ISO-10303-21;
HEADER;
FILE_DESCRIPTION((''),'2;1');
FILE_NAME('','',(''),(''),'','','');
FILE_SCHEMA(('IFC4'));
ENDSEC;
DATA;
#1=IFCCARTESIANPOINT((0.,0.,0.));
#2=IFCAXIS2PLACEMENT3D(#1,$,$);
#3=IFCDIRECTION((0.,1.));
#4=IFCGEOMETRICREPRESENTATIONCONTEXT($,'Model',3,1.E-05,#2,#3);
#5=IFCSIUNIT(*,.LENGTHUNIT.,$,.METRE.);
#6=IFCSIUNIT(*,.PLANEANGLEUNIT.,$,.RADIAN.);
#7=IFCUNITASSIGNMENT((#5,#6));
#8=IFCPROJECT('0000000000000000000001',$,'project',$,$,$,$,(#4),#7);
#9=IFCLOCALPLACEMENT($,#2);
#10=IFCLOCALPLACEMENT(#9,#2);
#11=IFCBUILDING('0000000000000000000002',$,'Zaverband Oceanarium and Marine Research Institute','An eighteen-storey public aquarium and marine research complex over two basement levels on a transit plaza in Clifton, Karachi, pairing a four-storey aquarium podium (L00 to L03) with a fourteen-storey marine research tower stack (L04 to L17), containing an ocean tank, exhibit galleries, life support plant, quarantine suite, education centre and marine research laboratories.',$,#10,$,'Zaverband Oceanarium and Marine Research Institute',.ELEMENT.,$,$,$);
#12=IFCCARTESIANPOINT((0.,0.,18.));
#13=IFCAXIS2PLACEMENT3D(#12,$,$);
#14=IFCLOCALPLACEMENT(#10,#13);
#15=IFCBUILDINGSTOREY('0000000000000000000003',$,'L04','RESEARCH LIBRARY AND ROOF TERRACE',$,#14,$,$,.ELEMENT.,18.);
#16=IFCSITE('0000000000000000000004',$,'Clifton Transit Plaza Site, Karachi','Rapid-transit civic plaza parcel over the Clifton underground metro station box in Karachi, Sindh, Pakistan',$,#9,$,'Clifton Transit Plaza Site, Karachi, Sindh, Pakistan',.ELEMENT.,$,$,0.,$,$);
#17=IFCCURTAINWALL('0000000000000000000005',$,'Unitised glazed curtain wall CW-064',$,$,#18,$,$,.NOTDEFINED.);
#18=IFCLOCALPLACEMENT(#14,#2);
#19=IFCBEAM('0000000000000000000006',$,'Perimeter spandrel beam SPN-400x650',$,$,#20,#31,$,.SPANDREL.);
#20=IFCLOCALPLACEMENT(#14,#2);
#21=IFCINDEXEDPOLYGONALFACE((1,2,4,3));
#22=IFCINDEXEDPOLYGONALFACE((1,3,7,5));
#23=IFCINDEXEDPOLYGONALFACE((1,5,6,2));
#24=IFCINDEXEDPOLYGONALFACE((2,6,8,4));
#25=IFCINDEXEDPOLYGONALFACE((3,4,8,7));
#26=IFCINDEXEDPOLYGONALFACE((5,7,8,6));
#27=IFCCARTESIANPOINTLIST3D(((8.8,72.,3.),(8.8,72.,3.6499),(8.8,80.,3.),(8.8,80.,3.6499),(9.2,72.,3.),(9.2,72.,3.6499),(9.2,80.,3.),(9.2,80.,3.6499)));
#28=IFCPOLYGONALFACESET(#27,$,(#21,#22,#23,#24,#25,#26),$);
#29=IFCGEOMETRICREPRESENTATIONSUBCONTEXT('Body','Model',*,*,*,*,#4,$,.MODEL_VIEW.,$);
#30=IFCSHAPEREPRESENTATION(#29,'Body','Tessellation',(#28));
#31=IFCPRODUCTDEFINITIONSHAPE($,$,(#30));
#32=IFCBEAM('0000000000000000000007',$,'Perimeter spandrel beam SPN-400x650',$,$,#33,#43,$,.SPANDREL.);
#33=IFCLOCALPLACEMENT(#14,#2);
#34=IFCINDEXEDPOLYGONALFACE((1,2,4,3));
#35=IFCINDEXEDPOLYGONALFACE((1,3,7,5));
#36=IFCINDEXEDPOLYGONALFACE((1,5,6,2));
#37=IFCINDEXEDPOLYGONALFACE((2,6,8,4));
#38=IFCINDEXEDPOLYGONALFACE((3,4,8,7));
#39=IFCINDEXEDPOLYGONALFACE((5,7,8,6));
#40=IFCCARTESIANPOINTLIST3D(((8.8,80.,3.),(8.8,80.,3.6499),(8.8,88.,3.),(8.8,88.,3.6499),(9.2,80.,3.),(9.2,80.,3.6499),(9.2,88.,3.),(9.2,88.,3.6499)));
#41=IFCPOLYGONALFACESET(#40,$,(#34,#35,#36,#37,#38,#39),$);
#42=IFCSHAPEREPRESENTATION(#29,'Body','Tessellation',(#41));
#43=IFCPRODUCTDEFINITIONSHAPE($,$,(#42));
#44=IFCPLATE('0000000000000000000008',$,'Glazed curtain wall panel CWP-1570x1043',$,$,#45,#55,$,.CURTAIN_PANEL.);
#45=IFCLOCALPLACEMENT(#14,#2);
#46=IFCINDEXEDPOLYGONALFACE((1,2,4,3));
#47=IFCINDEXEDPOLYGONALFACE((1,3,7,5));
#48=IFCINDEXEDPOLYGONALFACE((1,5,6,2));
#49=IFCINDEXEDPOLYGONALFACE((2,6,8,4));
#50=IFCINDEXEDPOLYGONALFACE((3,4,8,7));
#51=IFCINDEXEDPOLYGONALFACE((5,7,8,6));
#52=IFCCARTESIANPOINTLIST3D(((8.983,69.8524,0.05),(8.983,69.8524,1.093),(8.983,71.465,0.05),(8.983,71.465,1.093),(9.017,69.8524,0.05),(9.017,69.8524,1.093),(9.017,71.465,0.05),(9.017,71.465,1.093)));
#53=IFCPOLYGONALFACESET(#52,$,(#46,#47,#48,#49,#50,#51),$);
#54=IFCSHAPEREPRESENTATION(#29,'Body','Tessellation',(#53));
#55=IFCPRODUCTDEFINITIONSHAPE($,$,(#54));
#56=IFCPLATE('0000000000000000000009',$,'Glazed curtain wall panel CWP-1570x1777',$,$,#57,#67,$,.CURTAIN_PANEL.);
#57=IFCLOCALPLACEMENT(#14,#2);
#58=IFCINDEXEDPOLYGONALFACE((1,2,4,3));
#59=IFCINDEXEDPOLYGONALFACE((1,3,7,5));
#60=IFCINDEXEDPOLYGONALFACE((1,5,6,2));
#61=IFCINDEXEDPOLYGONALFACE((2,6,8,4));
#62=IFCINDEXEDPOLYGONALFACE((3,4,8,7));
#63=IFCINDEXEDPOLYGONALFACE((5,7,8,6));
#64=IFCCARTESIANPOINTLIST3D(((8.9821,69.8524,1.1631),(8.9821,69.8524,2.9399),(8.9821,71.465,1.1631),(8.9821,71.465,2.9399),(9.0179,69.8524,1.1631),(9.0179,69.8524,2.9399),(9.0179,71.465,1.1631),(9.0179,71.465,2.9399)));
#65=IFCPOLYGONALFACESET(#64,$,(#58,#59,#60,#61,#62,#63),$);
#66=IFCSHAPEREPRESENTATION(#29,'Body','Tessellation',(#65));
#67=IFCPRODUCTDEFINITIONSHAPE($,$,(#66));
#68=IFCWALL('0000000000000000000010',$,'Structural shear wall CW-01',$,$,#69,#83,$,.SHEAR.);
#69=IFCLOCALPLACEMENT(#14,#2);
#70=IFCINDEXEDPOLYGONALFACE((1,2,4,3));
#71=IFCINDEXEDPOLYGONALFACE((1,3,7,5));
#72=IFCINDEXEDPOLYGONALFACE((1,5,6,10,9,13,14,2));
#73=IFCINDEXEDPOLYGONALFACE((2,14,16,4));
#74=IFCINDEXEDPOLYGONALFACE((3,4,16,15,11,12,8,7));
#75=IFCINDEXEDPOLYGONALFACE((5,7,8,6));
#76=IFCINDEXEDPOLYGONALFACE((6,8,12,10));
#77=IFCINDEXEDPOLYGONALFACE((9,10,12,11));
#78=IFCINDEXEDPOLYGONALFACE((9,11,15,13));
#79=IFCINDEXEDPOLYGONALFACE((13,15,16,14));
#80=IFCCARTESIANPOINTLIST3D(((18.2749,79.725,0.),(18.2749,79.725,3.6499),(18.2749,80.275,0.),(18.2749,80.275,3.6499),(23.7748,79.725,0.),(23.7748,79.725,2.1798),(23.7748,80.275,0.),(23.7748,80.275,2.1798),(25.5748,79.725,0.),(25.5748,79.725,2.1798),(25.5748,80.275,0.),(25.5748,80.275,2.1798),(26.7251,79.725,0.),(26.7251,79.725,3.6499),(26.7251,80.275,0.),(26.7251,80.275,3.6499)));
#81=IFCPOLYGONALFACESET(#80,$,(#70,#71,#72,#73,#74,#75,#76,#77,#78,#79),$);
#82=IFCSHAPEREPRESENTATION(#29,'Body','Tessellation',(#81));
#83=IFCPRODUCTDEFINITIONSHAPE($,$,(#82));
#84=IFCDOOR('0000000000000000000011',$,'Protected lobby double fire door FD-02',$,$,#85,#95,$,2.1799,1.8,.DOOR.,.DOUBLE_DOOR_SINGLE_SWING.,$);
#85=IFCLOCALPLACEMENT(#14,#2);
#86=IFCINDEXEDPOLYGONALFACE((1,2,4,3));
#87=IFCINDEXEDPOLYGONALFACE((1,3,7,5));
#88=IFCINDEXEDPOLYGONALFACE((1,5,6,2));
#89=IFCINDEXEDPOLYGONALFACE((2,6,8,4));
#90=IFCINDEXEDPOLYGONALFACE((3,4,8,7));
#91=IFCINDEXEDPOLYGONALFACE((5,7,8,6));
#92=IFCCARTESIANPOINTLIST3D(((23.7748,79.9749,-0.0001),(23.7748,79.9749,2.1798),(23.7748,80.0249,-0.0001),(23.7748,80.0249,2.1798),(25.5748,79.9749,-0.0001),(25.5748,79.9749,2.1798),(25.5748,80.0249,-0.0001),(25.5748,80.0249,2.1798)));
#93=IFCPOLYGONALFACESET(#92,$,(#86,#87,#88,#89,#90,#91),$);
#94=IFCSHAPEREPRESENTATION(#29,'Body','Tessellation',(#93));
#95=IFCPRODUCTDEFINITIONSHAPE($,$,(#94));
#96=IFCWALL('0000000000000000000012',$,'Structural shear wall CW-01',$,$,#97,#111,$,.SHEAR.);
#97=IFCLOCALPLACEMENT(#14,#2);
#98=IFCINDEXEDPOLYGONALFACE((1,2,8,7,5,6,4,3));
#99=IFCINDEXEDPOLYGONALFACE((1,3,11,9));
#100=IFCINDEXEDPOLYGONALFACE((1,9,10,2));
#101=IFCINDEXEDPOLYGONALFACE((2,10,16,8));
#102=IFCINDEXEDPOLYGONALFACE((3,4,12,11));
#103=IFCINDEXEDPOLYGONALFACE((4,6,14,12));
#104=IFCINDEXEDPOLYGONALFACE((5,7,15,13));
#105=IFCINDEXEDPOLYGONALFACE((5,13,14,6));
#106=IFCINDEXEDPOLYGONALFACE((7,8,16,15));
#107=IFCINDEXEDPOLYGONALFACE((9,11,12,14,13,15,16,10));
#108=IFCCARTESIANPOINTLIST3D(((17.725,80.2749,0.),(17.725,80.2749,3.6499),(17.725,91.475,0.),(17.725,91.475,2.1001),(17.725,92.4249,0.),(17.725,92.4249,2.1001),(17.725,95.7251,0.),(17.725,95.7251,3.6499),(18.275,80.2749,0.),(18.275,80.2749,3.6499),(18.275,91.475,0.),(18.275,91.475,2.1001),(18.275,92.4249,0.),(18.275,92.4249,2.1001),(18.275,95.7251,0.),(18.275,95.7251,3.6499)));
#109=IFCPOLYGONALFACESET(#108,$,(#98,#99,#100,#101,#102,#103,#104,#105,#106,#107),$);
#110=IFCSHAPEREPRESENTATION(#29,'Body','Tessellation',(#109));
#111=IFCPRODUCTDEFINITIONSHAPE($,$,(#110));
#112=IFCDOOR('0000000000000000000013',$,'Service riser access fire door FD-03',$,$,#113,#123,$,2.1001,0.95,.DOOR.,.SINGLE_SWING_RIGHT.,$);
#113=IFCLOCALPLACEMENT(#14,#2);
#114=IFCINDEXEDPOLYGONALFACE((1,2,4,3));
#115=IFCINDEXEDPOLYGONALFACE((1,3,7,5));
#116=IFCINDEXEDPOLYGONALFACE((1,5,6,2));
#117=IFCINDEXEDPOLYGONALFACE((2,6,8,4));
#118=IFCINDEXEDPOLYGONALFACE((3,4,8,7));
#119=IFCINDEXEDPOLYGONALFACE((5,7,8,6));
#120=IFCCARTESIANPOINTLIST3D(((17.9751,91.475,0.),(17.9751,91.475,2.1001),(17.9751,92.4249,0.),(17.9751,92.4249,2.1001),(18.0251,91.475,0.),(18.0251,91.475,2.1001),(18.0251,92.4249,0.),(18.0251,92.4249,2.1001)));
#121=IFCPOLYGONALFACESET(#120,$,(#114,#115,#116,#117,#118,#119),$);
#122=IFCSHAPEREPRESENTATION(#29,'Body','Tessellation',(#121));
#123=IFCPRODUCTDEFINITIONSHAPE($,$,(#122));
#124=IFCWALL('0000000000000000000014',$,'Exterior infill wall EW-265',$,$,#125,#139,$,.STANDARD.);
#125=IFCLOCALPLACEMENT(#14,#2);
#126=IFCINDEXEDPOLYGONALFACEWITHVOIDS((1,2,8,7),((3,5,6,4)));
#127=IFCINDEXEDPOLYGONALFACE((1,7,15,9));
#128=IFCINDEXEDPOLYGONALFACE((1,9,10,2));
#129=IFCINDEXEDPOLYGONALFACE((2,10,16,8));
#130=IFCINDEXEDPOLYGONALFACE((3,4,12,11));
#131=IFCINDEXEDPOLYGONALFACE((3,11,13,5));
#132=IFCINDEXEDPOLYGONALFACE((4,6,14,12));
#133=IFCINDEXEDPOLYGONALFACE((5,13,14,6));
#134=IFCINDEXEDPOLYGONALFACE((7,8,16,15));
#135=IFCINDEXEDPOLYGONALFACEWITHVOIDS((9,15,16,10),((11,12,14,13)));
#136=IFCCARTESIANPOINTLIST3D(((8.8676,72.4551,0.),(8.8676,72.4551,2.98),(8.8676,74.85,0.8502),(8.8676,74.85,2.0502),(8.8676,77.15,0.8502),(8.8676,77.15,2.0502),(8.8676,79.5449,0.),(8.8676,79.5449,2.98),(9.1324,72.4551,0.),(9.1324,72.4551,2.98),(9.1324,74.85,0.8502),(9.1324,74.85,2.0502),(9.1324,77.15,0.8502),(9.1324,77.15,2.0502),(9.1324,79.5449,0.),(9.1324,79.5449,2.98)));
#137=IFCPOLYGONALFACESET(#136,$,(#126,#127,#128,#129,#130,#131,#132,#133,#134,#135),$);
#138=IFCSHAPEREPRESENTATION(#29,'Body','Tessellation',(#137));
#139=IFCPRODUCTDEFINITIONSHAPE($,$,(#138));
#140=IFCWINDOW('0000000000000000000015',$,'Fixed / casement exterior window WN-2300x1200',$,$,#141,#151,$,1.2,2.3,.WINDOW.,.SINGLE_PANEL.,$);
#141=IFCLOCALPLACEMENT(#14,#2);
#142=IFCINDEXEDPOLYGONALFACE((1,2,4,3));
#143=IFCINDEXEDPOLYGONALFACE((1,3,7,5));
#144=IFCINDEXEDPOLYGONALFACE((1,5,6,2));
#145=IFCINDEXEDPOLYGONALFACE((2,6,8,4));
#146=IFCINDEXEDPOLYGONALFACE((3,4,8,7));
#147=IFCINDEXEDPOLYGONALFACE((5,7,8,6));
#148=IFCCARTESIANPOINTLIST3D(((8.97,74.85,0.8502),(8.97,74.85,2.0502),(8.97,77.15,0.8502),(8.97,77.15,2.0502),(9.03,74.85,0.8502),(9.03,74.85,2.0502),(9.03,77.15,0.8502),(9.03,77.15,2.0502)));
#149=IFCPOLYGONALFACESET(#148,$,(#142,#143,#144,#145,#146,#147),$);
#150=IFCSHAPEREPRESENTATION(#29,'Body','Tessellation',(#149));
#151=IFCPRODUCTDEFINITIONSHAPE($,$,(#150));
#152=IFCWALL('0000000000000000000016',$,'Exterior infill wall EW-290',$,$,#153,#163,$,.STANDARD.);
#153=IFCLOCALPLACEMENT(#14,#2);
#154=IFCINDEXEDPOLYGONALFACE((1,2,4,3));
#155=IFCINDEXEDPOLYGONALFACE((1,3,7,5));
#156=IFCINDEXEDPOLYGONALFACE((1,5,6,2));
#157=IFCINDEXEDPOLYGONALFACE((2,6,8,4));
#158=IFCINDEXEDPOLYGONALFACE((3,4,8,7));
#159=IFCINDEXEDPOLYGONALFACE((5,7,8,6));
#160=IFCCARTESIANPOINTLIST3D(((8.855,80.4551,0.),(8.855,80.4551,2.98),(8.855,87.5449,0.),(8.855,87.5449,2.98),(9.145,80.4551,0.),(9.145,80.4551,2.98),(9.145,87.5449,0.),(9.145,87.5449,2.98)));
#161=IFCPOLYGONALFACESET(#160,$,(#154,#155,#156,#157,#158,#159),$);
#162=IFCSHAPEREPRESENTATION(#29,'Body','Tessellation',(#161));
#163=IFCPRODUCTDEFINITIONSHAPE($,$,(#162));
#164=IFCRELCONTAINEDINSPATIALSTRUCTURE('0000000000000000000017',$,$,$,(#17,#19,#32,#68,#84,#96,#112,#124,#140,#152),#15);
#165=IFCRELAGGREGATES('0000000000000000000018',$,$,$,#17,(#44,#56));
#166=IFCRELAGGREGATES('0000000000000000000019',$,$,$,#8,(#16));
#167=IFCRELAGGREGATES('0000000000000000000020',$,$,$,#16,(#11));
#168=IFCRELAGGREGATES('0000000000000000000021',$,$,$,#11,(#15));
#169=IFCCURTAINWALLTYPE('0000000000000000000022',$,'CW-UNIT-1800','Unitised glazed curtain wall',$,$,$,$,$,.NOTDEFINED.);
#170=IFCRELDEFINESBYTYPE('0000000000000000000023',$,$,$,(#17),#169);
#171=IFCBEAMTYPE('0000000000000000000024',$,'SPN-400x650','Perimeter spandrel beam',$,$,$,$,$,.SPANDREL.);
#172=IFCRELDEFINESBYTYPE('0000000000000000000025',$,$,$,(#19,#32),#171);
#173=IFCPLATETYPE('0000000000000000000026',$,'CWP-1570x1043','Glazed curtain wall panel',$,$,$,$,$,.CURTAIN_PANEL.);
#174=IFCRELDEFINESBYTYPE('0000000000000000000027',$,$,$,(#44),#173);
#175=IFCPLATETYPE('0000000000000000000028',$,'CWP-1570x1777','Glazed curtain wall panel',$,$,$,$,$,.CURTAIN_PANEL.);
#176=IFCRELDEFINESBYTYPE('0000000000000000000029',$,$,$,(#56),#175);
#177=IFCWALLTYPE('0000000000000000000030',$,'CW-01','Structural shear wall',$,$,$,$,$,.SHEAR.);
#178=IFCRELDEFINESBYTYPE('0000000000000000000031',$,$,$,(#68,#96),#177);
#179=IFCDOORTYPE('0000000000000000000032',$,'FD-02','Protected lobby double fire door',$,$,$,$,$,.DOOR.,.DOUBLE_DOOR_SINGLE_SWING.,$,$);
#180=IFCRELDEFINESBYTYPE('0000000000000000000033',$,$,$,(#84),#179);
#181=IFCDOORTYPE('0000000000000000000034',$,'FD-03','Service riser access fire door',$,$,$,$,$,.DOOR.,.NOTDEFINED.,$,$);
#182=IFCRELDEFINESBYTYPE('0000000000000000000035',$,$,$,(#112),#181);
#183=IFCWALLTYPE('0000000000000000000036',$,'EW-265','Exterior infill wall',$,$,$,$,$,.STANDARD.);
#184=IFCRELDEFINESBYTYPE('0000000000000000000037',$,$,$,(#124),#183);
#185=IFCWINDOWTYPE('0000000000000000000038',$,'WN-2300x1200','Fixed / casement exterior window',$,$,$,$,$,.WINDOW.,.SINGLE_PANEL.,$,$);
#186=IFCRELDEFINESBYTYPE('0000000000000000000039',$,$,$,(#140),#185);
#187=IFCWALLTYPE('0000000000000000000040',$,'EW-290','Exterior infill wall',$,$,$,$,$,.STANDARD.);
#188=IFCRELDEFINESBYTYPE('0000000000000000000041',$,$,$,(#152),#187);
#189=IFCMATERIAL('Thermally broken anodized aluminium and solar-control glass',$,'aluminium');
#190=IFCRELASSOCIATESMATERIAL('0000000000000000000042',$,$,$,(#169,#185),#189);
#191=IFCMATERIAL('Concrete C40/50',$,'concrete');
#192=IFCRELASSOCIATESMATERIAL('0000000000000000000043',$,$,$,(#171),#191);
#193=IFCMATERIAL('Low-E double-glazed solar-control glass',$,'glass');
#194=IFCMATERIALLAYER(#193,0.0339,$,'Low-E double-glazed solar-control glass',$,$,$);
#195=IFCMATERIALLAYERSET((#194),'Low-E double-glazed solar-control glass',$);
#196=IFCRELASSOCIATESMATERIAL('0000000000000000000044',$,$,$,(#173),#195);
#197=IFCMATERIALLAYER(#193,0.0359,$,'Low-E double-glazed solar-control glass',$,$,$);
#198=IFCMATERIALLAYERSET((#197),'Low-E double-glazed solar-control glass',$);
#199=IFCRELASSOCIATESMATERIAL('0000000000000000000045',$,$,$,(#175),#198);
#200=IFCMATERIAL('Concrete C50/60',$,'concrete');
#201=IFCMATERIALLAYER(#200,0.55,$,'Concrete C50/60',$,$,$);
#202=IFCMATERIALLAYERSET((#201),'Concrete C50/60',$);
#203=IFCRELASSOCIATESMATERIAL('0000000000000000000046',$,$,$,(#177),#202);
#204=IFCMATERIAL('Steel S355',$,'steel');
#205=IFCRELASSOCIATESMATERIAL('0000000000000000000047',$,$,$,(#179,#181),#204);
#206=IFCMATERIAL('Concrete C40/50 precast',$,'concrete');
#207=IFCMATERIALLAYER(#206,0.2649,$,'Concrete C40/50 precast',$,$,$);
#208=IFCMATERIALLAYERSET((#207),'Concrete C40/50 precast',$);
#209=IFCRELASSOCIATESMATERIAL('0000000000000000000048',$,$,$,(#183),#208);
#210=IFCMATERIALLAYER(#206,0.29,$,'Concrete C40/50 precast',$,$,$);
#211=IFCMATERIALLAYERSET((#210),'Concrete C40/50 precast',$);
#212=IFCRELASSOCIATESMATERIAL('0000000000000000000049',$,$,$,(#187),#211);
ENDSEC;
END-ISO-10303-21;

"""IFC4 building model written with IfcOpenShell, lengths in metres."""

from ifc_helpers import new_model, si_unit, direction, frame, frame_2d, origin, origin_2d, place, context, subcontext, project, spatial, rectangle, extrude, material, layer, layer_set, material_profile, profile_set, type_object, element, fill, aggregate, save


model = new_model("IFC4")

# Units and contexts
model_context = context("Model", 3, precision=1e-05, world=origin(), true_north=direction((0.0, 1.0)))
body_context = subcontext(model_context, "Body", "Model", "MODEL_VIEW")
ifc_project = project(units=[si_unit("LENGTHUNIT", "METRE"), si_unit("PLANEANGLEUNIT", "RADIAN")], contexts=[model_context])

# Site, building, storey
site_placement = place(None, origin())
site = spatial("IfcSite", under=ifc_project, at=site_placement, Name="Clifton Transit Plaza Site, Karachi", Description="Rapid-transit civic plaza parcel over the Clifton underground metro station box in Karachi, Sindh, Pakistan", LongName="Clifton Transit Plaza Site, Karachi, Sindh, Pakistan", CompositionType="ELEMENT", RefElevation=0.0)
building_placement = place(site_placement, origin())
building = spatial("IfcBuilding", under=site, at=building_placement, Name="Zaverband Oceanarium and Marine Research Institute", Description="An eighteen-storey public aquarium and marine research complex over two basement levels on a transit plaza in Clifton, Karachi, pairing a four-storey aquarium podium (L00 to L03) with a fourteen-storey marine research tower stack (L04 to L17), containing an ocean tank, exhibit galleries, life support plant, quarantine suite, education centre and marine research laboratories.", LongName="Zaverband Oceanarium and Marine Research Institute", CompositionType="ELEMENT")
storey_placement = place(building_placement, frame((0.0, 0.0, 18.0)))
storey = spatial("IfcBuildingStorey", under=building, at=storey_placement, Name="L04", Description="RESEARCH LIBRARY AND ROOF TERRACE", CompositionType="ELEMENT", Elevation=18.0)

# Shared definitions
ifc_material_1 = material(Name="Concrete C50/60", Category="concrete")

# Shared definitions
ifc_material_2 = material(Name="Concrete C40/50", Category="concrete")

# Shared definitions
ifc_material_3 = material(Name="Steel S355", Category="steel")

# Curtain wall
ifc_material_4 = material(Name="Thermally broken anodized aluminium and solar-control glass", Category="aluminium")
curtain_wall_type = type_object("IfcCurtainWallType", Name="CW-UNIT-1800", Description="Unitised glazed curtain wall", PredefinedType="NOTDEFINED", material=ifc_material_4)
curtain_wall_placement = place(storey_placement, origin())
curtain_wall = element("IfcCurtainWall", 1, at=curtain_wall_placement, inside=storey, type_object=curtain_wall_type, Name="Unitised glazed curtain wall CW-064", PredefinedType="NOTDEFINED")

# Beams
ifc_material_profile_1 = material_profile(ifc_material_2, rectangle(XDim=0.3999, YDim=0.6499, at=origin_2d()), Name="RC400x650")
ifc_profile_set_1 = profile_set([ifc_material_profile_1], Name="Concrete C40/50")
beam_type_1 = type_object("IfcBeamType", Name="SPN-400x650", Description="Perimeter spandrel beam", PredefinedType="SPANDREL", material=ifc_profile_set_1)
for number, where, z_axis, x_axis, name in (
    (2, (9.0, 72.0, 3.325), (0.0, 1.0, 0.0), (-1.0, 0.0, 0.0), "Perimeter spandrel beam SPN-400x650"),
    (3, (9.0, 80.0, 3.325), (0.0, 1.0, 0.0), (-1.0, 0.0, 0.0), "Perimeter spandrel beam SPN-400x650"),
):
    element("IfcBeam", number, at=place(storey_placement, frame(where, z_axis=z_axis, x_axis=x_axis)), inside=storey, type_object=beam_type_1, Name=name, PredefinedType="SPANDREL", context=body_context, shape_type="SweptSolid", body=[
        extrude(rectangle(XDim=0.3999, YDim=0.6499, at=origin_2d()), origin(), (0.0, 0.0, 1.0), 8.0),
    ])

# Plates
ifc_material_5 = material(Name="Low-E double-glazed solar-control glass", Category="glass")
ifc_layer_1 = layer(ifc_material_5, 0.0339, Name="Low-E double-glazed solar-control glass")
ifc_layer_set_1 = layer_set([ifc_layer_1], Name="Low-E double-glazed solar-control glass")
plate_type_1 = type_object("IfcPlateType", Name="CWP-1570x1043", Description="Glazed curtain wall panel", PredefinedType="CURTAIN_PANEL", material=ifc_layer_set_1)
plate_1_placement = place(storey_placement, frame((9.0, 69.8525, 0.05), z_axis=(0.0, 0.0, 1.0), x_axis=(0.0, 1.0, 0.0)))
plate_1 = element("IfcPlate", 4, at=plate_1_placement, type_object=plate_type_1, Name="Glazed curtain wall panel CWP-1570x1043", PredefinedType="CURTAIN_PANEL", context=body_context, shape_type="SweptSolid", body=[
    extrude(rectangle(XDim=1.6125, YDim=0.0339, at=frame_2d((0.8062, 0.0))), origin(), (0.0, 0.0, 1.0), 1.043),
])
ifc_layer_2 = layer(ifc_material_5, 0.0359, Name="Low-E double-glazed solar-control glass")
ifc_layer_set_2 = layer_set([ifc_layer_2], Name="Low-E double-glazed solar-control glass")
plate_type_2 = type_object("IfcPlateType", Name="CWP-1570x1777", Description="Glazed curtain wall panel", PredefinedType="CURTAIN_PANEL", material=ifc_layer_set_2)
plate_2_placement = place(storey_placement, frame((9.0, 69.8525, 1.1631), z_axis=(0.0, 0.0, 1.0), x_axis=(0.0, 1.0, 0.0)))
plate_2 = element("IfcPlate", 5, at=plate_2_placement, type_object=plate_type_2, Name="Glazed curtain wall panel CWP-1570x1777", PredefinedType="CURTAIN_PANEL", context=body_context, shape_type="SweptSolid", body=[
    extrude(rectangle(XDim=1.6125, YDim=0.0359, at=frame_2d((0.8062, 0.0))), origin(), (0.0, 0.0, 1.0), 1.7769),
])
aggregate(curtain_wall, [plate_1, plate_2])

# Walls, openings, doors
ifc_layer_3 = layer(ifc_material_1, 0.55, Name="Concrete C50/60")
ifc_layer_set_3 = layer_set([ifc_layer_3], Name="Concrete C50/60")
wall_type_1 = type_object("IfcWallType", Name="CW-01", Description="Structural shear wall", PredefinedType="SHEAR", material=ifc_layer_set_3)
wall_1_placement = place(storey_placement, frame((18.2749, 80.0, 0.0), z_axis=(0.0, 0.0, 1.0), x_axis=(1.0, 0.0, 0.0)))
wall_1 = element("IfcWall", 6, at=wall_1_placement, inside=storey, type_object=wall_type_1, Name="Structural shear wall CW-01", PredefinedType="SHEAR", context=body_context, shape_type="SweptSolid", body=[
    extrude(rectangle(XDim=8.4502, YDim=0.55, at=frame_2d((4.2251, 0.0))), origin(), (0.0, 0.0, 1.0), 3.6499),
])
opening_1_placement = place(wall_1_placement, frame((5.5, 0.0, 0.0)))
opening_1 = element("IfcOpeningElement", 7, at=opening_1_placement, cuts=wall_1, PredefinedType="OPENING", context=body_context, shape_type="SweptSolid", body=[
    extrude(rectangle(XDim=1.8, YDim=2.1799, at=frame_2d((0.8999, 1.0898))), frame((0.0, 0.2871, 0.0), z_axis=(0.0, -1.0, 0.0), x_axis=(1.0, 0.0, 0.0)), (0.0, 0.0, 1.0), 0.574),
])
door_type_1 = type_object("IfcDoorType", Name="FD-02", Description="Protected lobby double fire door", OperationType="DOUBLE_DOOR_SINGLE_SWING", PredefinedType="DOOR", material=ifc_material_3)
door_1_placement = place(opening_1_placement, origin())
door_1 = element("IfcDoor", 8, at=door_1_placement, inside=storey, type_object=door_type_1, Name="Protected lobby double fire door FD-02", OperationType="DOUBLE_DOOR_SINGLE_SWING", OverallHeight=2.1799, OverallWidth=1.8, PredefinedType="DOOR", context=body_context, shape_type="SweptSolid", body=[
    extrude(rectangle(XDim=1.8, YDim=2.1799, at=frame_2d((0.8999, 1.0898))), frame((0.0, 0.0249, 0.0), z_axis=(0.0, -1.0, 0.0), x_axis=(1.0, 0.0, 0.0)), (0.0, 0.0, 1.0), 0.05),
])
fill(opening_1, door_1)
wall_2_placement = place(storey_placement, frame((18.0, 80.2749, 0.0), z_axis=(0.0, 0.0, 1.0), x_axis=(0.0, 1.0, 0.0)))
wall_2 = element("IfcWall", 9, at=wall_2_placement, inside=storey, type_object=wall_type_1, Name="Structural shear wall CW-01", PredefinedType="SHEAR", context=body_context, shape_type="SweptSolid", body=[
    extrude(rectangle(XDim=15.4502, YDim=0.55, at=frame_2d((7.7251, 0.0))), origin(), (0.0, 0.0, 1.0), 3.6499),
])
opening_2_placement = place(wall_2_placement, frame((11.2, 0.0, 0.0)))
opening_2 = element("IfcOpeningElement", 10, at=opening_2_placement, cuts=wall_2, PredefinedType="OPENING", context=body_context, shape_type="SweptSolid", body=[
    extrude(rectangle(XDim=0.95, YDim=2.1001, at=frame_2d((0.4751, 1.05))), frame((0.0, 0.2871, 0.0), z_axis=(0.0, -1.0, 0.0), x_axis=(1.0, 0.0, 0.0)), (0.0, 0.0, 1.0), 0.574),
])
door_type_2 = type_object("IfcDoorType", Name="FD-03", Description="Service riser access fire door", OperationType="NOTDEFINED", PredefinedType="DOOR", material=ifc_material_3)
door_2_placement = place(opening_2_placement, origin())
door_2 = element("IfcDoor", 11, at=door_2_placement, inside=storey, type_object=door_type_2, Name="Service riser access fire door FD-03", OperationType="SINGLE_SWING_RIGHT", OverallHeight=2.1001, OverallWidth=0.95, PredefinedType="DOOR", context=body_context, shape_type="SweptSolid", body=[
    extrude(rectangle(XDim=0.95, YDim=2.1001, at=frame_2d((0.4751, 1.05))), frame((0.0, 0.0249, 0.0), z_axis=(0.0, -1.0, 0.0), x_axis=(1.0, 0.0, 0.0)), (0.0, 0.0, 1.0), 0.05),
])
fill(opening_2, door_2)

# Wall, opening, window
ifc_material_6 = material(Name="Concrete C40/50 precast", Category="concrete")
ifc_layer_4 = layer(ifc_material_6, 0.2649, Name="Concrete C40/50 precast")
ifc_layer_set_4 = layer_set([ifc_layer_4], Name="Concrete C40/50 precast")
wall_type_2 = type_object("IfcWallType", Name="EW-265", Description="Exterior infill wall", PredefinedType="STANDARD", material=ifc_layer_set_4)
wall_3_placement = place(storey_placement, frame((9.0, 72.4551, 0.0), z_axis=(0.0, 0.0, 1.0), x_axis=(0.0, 1.0, 0.0)))
wall_3 = element("IfcWall", 12, at=wall_3_placement, inside=storey, type_object=wall_type_2, Name="Exterior infill wall EW-265", PredefinedType="STANDARD", context=body_context, shape_type="SweptSolid", body=[
    extrude(rectangle(XDim=7.0898, YDim=0.2649, at=frame_2d((3.5449, 0.0))), origin(), (0.0, 0.0, 1.0), 2.98),
])
opening_3_placement = place(wall_3_placement, frame((2.395, 0.0, 0.8501)))
opening_3 = element("IfcOpeningElement", 13, at=opening_3_placement, cuts=wall_3, PredefinedType="OPENING", context=body_context, shape_type="SweptSolid", body=[
    extrude(rectangle(XDim=2.3, YDim=1.2, at=frame_2d((1.1499, 0.6001))), frame((0.0, 0.1445, 0.0), z_axis=(0.0, -1.0, 0.0), x_axis=(1.0, 0.0, 0.0)), (0.0, 0.0, 1.0), 0.2888),
])
window_type = type_object("IfcWindowType", Name="WN-2300x1200", Description="Fixed / casement exterior window", PartitioningType="SINGLE_PANEL", PredefinedType="WINDOW", material=ifc_material_4)
window_placement = place(opening_3_placement, origin())
window = element("IfcWindow", 14, at=window_placement, inside=storey, type_object=window_type, Name="Fixed / casement exterior window WN-2300x1200", OverallHeight=1.2, OverallWidth=2.3, PartitioningType="SINGLE_PANEL", PredefinedType="WINDOW", context=body_context, shape_type="SweptSolid", body=[
    extrude(rectangle(XDim=2.3, YDim=1.2, at=frame_2d((1.1499, 0.6001))), frame((0.0, 0.03, 0.0), z_axis=(0.0, -1.0, 0.0), x_axis=(1.0, 0.0, 0.0)), (0.0, 0.0, 1.0), 0.0601),
])
fill(opening_3, window)

# Wall
ifc_layer_5 = layer(ifc_material_6, 0.29, Name="Concrete C40/50 precast")
ifc_layer_set_5 = layer_set([ifc_layer_5], Name="Concrete C40/50 precast")
wall_type_3 = type_object("IfcWallType", Name="EW-290", Description="Exterior infill wall", PredefinedType="STANDARD", material=ifc_layer_set_5)
wall_4_placement = place(storey_placement, frame((9.0, 80.4551, 0.0), z_axis=(0.0, 0.0, 1.0), x_axis=(0.0, 1.0, 0.0)))
element("IfcWall", 15, at=wall_4_placement, inside=storey, type_object=wall_type_3, Name="Exterior infill wall EW-290", PredefinedType="STANDARD", context=body_context, shape_type="SweptSolid", body=[
    extrude(rectangle(XDim=7.0898, YDim=0.29, at=frame_2d((3.5449, 0.0))), origin(), (0.0, 0.0, 1.0), 2.98),
])

save(model, "model.ifc")
